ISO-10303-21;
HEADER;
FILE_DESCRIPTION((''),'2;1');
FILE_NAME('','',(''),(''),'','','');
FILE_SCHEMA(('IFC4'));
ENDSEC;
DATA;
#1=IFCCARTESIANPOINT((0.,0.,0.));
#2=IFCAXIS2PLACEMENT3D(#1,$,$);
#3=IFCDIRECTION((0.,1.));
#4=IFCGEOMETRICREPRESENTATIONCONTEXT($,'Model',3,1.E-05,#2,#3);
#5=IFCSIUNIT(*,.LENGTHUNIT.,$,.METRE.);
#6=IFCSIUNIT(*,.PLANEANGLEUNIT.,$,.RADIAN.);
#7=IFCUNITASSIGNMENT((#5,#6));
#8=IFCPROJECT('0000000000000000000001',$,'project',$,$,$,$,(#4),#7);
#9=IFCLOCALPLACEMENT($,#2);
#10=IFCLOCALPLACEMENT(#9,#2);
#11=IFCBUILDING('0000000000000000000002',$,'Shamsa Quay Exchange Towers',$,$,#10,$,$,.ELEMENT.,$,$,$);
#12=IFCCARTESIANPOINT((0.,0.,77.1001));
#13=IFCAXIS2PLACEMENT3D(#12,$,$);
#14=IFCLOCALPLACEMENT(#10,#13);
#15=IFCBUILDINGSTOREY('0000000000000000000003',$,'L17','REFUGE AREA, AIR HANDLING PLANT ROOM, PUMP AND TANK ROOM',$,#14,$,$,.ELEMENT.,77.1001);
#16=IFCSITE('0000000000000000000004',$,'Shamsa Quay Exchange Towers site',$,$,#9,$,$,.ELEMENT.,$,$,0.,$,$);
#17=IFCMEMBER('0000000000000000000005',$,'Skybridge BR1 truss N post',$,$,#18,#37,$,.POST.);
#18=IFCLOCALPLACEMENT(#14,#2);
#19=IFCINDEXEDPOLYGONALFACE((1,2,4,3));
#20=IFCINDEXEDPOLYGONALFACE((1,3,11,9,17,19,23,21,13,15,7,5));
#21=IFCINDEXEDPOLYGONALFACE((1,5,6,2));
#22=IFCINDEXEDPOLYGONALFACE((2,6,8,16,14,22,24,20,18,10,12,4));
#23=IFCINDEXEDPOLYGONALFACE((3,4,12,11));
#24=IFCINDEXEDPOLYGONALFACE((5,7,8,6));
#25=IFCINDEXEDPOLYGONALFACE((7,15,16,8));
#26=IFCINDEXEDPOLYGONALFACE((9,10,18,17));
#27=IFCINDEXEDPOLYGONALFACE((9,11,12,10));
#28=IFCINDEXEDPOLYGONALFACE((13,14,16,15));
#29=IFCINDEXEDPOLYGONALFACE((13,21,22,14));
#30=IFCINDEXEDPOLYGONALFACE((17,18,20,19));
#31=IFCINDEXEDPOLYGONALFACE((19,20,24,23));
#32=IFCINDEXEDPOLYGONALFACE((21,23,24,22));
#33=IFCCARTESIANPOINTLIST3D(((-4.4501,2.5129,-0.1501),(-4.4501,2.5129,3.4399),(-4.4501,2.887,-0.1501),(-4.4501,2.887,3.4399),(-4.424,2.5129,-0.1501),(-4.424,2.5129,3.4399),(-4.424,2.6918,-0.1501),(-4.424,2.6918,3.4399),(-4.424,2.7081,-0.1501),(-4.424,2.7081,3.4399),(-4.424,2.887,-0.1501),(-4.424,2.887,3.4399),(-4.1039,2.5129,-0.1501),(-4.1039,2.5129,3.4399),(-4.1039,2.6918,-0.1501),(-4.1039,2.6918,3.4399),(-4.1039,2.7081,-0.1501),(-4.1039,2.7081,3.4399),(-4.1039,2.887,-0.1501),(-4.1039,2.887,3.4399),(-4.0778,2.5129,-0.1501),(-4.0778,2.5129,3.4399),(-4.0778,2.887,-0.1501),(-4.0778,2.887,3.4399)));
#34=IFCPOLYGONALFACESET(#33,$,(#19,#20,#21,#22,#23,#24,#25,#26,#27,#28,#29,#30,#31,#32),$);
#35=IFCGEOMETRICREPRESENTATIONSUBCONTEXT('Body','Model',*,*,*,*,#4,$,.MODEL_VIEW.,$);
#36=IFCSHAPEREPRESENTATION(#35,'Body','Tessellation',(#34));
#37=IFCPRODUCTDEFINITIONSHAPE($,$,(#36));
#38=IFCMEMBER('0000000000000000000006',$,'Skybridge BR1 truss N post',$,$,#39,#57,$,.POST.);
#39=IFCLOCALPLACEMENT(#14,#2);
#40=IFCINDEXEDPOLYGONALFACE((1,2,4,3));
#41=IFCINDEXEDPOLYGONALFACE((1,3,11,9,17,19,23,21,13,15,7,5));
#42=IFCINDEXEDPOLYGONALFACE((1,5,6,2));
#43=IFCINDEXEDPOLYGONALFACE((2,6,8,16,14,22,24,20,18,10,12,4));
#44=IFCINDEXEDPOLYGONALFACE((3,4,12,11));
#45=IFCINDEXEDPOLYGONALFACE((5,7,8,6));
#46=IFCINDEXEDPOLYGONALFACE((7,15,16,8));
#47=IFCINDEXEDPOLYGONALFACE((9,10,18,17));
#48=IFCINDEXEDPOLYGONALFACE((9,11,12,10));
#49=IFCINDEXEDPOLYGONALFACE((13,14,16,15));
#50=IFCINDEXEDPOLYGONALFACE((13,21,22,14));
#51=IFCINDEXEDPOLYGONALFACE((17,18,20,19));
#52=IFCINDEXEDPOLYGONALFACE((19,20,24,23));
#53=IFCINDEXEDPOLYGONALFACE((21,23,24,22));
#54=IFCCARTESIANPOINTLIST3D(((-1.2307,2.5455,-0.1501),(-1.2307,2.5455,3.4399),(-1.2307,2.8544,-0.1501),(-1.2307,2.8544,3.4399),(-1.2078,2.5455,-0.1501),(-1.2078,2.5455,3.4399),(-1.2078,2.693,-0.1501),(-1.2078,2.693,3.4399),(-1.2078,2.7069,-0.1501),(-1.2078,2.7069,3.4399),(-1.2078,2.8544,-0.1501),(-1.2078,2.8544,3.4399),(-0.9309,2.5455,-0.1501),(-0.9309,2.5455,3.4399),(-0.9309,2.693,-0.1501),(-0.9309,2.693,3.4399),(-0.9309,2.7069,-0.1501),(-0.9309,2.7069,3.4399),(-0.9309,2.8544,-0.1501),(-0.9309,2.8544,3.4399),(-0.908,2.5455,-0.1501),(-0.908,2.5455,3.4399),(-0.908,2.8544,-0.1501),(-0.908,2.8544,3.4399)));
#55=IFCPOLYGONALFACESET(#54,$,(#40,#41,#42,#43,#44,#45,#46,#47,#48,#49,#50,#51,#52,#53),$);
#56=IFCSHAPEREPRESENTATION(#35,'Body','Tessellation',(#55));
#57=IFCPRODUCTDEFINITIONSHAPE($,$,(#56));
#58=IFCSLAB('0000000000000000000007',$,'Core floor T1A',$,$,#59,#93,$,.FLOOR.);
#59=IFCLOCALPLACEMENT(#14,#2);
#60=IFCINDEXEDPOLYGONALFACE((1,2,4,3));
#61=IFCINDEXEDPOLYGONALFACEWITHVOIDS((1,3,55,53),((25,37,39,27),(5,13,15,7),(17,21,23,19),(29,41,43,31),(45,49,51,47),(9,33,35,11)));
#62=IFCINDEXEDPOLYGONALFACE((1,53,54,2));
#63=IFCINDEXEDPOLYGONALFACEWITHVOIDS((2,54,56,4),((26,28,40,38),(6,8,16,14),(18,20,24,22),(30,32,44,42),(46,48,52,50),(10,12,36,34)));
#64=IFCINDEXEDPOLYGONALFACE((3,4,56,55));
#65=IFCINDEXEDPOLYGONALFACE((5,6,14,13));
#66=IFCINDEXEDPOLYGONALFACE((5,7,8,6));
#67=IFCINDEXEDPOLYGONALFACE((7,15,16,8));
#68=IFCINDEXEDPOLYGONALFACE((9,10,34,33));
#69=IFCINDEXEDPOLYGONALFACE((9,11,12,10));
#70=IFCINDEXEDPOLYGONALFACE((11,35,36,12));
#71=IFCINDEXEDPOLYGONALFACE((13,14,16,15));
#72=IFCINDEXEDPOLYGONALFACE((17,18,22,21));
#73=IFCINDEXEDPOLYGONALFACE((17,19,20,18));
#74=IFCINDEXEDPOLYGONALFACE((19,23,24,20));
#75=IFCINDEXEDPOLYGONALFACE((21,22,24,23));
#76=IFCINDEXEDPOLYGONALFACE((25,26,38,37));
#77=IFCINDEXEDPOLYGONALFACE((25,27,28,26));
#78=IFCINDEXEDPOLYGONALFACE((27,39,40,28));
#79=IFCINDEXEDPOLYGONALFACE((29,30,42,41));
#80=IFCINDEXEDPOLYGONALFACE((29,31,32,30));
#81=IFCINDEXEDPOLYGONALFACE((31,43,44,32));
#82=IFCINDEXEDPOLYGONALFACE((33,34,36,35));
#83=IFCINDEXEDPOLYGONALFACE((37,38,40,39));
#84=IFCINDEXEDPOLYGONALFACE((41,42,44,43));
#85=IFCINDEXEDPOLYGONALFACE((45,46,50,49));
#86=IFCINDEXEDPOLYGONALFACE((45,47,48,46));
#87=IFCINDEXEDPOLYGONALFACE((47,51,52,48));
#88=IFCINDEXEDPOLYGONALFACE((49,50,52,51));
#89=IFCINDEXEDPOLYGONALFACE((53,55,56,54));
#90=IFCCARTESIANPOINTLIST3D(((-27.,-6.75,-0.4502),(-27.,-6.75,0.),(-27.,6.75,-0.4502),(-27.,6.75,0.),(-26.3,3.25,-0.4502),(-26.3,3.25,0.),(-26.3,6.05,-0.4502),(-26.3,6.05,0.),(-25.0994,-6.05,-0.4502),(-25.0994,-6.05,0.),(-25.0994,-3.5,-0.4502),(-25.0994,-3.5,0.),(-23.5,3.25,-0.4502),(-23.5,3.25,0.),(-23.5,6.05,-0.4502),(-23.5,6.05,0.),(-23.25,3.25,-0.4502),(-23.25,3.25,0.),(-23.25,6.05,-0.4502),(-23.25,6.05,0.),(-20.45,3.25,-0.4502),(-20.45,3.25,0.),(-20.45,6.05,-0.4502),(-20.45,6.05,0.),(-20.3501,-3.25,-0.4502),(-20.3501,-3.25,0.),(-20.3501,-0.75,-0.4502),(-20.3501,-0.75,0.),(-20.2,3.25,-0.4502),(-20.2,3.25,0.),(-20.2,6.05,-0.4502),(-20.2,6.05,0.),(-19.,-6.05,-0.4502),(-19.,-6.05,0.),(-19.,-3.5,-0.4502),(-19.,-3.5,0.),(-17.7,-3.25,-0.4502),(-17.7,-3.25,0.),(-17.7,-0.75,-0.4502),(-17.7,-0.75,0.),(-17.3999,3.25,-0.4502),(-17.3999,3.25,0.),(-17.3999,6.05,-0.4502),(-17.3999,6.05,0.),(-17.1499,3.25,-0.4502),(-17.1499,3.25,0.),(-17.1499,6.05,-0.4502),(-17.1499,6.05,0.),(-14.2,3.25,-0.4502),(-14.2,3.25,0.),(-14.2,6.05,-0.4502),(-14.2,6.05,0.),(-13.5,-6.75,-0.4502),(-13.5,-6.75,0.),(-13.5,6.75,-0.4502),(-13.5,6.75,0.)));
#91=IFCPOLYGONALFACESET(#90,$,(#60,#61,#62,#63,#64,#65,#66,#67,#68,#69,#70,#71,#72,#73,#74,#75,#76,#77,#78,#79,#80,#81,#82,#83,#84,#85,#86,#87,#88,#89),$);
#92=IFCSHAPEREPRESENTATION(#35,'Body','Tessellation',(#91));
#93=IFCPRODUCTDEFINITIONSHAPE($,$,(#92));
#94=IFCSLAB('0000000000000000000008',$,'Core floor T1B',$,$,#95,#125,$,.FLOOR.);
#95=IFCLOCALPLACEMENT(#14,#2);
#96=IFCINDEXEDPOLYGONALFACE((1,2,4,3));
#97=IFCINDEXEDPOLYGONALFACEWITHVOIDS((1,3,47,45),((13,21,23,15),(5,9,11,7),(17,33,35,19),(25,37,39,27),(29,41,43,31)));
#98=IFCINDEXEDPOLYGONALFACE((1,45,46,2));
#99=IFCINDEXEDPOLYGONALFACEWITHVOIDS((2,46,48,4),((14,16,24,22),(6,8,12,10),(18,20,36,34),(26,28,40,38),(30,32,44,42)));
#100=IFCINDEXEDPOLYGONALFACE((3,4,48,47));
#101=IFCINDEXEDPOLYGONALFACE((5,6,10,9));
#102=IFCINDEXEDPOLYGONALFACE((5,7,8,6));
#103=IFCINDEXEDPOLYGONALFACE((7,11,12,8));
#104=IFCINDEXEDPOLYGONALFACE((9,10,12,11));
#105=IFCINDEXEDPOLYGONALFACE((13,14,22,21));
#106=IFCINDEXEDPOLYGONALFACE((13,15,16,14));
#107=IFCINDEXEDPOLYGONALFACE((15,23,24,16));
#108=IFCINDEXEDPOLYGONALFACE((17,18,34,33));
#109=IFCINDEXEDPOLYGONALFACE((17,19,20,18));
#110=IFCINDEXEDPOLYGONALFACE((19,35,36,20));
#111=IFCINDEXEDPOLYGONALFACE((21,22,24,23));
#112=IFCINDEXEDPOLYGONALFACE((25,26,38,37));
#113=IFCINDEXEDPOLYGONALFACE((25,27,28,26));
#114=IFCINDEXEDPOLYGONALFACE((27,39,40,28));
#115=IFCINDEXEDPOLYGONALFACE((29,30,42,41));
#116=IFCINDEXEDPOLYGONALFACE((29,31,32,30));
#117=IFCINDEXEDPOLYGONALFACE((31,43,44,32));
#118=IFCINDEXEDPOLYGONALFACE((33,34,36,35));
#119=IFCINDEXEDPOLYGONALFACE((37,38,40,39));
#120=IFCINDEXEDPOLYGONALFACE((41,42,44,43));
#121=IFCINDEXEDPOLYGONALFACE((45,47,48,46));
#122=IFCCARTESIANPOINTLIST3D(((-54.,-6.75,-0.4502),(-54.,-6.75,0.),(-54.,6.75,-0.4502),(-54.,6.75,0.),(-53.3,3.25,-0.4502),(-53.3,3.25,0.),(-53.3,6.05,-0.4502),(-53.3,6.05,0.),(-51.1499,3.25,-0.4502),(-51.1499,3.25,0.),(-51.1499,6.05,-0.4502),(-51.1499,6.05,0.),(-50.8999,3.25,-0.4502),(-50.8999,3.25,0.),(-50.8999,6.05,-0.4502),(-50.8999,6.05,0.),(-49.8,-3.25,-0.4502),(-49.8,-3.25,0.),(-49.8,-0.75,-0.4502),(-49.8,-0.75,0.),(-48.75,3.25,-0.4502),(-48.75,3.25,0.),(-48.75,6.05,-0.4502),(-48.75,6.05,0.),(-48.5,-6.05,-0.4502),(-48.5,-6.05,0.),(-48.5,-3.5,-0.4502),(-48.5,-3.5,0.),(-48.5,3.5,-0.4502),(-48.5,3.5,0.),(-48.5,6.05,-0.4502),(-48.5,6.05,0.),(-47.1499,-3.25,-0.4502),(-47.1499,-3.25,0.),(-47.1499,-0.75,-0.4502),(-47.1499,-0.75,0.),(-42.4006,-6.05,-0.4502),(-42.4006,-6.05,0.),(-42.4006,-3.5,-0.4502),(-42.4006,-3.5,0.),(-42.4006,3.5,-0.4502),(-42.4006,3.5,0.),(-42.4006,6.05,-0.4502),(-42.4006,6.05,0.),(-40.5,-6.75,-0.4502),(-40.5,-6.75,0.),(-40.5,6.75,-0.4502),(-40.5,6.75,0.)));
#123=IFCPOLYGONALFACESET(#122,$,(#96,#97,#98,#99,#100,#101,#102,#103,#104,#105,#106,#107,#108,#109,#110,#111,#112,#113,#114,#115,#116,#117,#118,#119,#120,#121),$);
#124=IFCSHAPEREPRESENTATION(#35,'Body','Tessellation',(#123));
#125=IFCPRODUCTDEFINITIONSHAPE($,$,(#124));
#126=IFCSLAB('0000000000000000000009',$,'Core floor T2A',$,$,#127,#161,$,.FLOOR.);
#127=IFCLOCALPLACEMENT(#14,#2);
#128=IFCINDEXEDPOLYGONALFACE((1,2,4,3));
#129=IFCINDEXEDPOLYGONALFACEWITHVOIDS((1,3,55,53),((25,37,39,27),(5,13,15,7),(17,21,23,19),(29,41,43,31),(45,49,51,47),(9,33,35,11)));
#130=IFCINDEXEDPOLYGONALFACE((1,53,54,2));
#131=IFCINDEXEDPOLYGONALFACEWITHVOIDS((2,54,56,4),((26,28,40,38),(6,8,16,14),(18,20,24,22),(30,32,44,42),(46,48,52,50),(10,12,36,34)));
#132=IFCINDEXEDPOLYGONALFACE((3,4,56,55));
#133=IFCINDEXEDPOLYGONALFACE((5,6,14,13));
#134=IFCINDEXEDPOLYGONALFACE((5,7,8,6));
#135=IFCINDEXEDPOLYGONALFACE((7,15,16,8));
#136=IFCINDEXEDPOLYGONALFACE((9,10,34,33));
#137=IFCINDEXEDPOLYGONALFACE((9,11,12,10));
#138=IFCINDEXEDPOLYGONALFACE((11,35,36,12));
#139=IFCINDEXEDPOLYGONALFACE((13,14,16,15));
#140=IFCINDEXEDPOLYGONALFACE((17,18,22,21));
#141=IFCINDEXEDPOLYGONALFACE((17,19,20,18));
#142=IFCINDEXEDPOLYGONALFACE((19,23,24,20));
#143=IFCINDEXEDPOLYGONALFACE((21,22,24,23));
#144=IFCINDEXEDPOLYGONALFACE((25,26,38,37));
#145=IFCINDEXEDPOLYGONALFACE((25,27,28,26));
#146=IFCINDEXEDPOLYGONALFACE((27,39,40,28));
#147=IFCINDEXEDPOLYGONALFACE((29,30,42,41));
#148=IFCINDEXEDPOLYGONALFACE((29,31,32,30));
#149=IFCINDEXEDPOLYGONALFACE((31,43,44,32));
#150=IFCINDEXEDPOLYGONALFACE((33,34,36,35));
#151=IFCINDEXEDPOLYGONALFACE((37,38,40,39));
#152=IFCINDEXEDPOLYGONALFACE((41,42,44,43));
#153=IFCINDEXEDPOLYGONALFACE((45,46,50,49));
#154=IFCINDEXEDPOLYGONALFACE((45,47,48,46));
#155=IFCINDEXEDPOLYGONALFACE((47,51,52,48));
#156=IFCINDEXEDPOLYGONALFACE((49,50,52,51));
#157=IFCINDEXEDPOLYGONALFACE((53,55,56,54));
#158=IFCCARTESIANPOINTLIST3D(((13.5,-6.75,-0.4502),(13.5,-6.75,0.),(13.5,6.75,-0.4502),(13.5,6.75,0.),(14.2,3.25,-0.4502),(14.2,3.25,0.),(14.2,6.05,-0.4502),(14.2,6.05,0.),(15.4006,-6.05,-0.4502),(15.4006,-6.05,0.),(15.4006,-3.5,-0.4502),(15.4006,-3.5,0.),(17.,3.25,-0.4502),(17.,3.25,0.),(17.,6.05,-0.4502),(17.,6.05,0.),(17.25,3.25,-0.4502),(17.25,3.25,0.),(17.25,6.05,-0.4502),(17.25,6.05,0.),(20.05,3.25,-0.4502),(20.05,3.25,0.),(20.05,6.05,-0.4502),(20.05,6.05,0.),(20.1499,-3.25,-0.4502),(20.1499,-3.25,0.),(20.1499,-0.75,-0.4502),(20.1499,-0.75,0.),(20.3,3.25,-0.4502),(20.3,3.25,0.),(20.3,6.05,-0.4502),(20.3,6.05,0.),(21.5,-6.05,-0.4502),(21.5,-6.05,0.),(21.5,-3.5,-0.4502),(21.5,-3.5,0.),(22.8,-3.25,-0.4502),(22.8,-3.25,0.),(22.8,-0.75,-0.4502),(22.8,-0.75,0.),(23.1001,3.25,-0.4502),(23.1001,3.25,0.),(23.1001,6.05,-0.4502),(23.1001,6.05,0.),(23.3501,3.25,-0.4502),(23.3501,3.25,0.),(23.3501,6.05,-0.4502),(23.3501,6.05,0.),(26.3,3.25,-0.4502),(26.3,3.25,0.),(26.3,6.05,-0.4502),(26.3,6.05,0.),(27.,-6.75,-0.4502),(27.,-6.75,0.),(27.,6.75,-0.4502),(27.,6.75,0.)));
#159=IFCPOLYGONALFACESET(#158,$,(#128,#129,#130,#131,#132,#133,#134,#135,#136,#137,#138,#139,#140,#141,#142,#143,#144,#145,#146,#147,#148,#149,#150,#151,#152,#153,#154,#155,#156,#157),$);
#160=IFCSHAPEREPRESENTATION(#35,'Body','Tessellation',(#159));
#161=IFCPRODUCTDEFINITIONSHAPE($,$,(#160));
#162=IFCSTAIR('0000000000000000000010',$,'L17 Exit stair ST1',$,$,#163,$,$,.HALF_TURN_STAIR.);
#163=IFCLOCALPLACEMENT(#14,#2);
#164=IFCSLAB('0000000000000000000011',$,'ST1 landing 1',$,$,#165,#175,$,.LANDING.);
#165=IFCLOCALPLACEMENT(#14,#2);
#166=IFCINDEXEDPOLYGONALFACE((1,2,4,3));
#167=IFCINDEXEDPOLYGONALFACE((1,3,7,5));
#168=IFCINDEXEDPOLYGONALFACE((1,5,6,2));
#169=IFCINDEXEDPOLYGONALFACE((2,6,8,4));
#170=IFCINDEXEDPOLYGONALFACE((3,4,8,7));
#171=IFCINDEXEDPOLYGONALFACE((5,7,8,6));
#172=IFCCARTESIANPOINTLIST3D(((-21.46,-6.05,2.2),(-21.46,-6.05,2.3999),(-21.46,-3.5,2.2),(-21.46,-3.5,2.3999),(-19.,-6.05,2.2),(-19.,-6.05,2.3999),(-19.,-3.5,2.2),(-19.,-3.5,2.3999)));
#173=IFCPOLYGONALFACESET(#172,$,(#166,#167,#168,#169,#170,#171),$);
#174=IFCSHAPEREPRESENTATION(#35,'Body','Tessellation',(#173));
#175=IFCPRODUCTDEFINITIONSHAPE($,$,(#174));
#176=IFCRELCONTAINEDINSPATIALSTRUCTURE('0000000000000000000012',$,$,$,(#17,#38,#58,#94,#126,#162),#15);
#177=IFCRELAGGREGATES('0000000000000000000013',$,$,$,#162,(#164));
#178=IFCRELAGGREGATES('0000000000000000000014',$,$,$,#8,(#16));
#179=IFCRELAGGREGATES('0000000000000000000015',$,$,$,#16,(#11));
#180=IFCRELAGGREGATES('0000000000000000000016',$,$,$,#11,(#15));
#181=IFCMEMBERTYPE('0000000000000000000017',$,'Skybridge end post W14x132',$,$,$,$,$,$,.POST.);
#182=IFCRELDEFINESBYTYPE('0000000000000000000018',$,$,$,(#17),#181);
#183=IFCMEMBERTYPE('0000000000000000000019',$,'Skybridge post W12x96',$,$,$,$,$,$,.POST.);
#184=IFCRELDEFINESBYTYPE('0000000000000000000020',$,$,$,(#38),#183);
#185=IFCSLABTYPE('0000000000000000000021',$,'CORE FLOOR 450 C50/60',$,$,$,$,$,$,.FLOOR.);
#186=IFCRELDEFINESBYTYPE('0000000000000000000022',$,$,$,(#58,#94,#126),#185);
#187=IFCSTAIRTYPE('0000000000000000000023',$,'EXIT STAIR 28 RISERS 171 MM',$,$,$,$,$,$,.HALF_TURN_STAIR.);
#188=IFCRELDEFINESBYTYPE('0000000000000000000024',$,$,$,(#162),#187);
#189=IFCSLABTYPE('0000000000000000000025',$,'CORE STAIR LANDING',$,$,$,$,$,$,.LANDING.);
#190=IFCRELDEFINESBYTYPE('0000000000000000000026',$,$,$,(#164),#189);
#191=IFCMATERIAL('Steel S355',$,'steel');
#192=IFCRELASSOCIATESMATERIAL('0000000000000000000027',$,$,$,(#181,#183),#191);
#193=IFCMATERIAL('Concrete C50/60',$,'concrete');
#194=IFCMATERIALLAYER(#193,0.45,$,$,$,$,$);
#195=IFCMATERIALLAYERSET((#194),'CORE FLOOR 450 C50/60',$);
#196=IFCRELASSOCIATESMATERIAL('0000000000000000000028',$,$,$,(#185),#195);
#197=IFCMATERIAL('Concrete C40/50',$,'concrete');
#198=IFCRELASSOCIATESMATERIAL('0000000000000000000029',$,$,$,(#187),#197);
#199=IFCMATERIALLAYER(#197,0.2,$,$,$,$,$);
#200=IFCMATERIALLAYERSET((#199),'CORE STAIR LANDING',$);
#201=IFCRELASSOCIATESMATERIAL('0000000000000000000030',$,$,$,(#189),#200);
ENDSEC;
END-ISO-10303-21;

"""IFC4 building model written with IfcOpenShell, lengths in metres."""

from ifc_helpers import new_model, si_unit, direction, frame, origin, origin_2d, place, context, subcontext, project, spatial, polyline, i_section, outline, extrude, material, layer, layer_set, material_profile, profile_set, type_object, element, aggregate, save


model = new_model("IFC4")

# Units and contexts
model_context = context("Model", 3, precision=1e-05, world=origin(), true_north=direction((0.0, 1.0)))
body_context = subcontext(model_context, "Body", "Model", "MODEL_VIEW")
ifc_project = project(units=[si_unit("LENGTHUNIT", "METRE"), si_unit("PLANEANGLEUNIT", "RADIAN")], contexts=[model_context])

# Site, building, storey
site_placement = place(None, origin())
site = spatial("IfcSite", under=ifc_project, at=site_placement, Name="Shamsa Quay Exchange Towers site", CompositionType="ELEMENT", RefElevation=0.0)
building_placement = place(site_placement, origin())
building = spatial("IfcBuilding", under=site, at=building_placement, Name="Shamsa Quay Exchange Towers", CompositionType="ELEMENT")
storey_placement = place(building_placement, frame((0.0, 0.0, 77.1001)))
storey = spatial("IfcBuildingStorey", under=building, at=storey_placement, Name="L17", Description="REFUGE AREA, AIR HANDLING PLANT ROOM, PUMP AND TANK ROOM", CompositionType="ELEMENT", Elevation=77.1001)

# Members
ifc_material_1 = material(Name="Steel S355", Category="steel")
ifc_material_profile_1 = material_profile(ifc_material_1, i_section(OverallWidth=0.374, OverallDepth=0.3723, WebThickness=0.0164, FlangeThickness=0.0261, at=origin_2d()), Name="W14x132")
ifc_profile_set_1 = profile_set([ifc_material_profile_1], Name="Steel S355")
member_type_1 = type_object("IfcMemberType", Name="Skybridge end post W14x132", PredefinedType="POST", material=ifc_profile_set_1)
member_1_placement = place(storey_placement, frame((-4.2639, 2.7, -0.1501), z_axis=(0.0, 0.0, 1.0), x_axis=(0.0, 1.0, 0.0)))
element("IfcMember", 1, at=member_1_placement, inside=storey, type_object=member_type_1, Name="Skybridge BR1 truss N post", PredefinedType="POST", context=body_context, shape_type="SweptSolid", body=[
    extrude(i_section(OverallWidth=0.374, OverallDepth=0.3723, WebThickness=0.0164, FlangeThickness=0.0261, at=origin_2d()), origin(), (0.0, 0.0, 1.0), 3.5901),
])
ifc_material_profile_2 = material_profile(ifc_material_1, i_section(OverallWidth=0.3088, OverallDepth=0.3228, WebThickness=0.0139, FlangeThickness=0.0229, at=origin_2d()), Name="W12x96")
ifc_profile_set_2 = profile_set([ifc_material_profile_2], Name="Steel S355")
member_type_2 = type_object("IfcMemberType", Name="Skybridge post W12x96", PredefinedType="POST", material=ifc_profile_set_2)
member_2_placement = place(storey_placement, frame((-1.0693, 2.7, -0.1501), z_axis=(0.0, 0.0, 1.0), x_axis=(0.0, 1.0, 0.0)))
element("IfcMember", 2, at=member_2_placement, inside=storey, type_object=member_type_2, Name="Skybridge BR1 truss N post", PredefinedType="POST", context=body_context, shape_type="SweptSolid", body=[
    extrude(i_section(OverallWidth=0.3088, OverallDepth=0.3228, WebThickness=0.0139, FlangeThickness=0.0229, at=origin_2d()), origin(), (0.0, 0.0, 1.0), 3.5901),
])

# Slabs
ifc_material_2 = material(Name="Concrete C50/60", Category="concrete")
ifc_layer_1 = layer(ifc_material_2, 0.45)
ifc_layer_set_1 = layer_set([ifc_layer_1], Name="CORE FLOOR 450 C50/60")
slab_type_1 = type_object("IfcSlabType", Name="CORE FLOOR 450 C50/60", PredefinedType="FLOOR", material=ifc_layer_set_1)
slab_1_placement = place(storey_placement, frame((0.0, 0.0, -0.4502)))
element("IfcSlab", 3, at=slab_1_placement, inside=storey, type_object=slab_type_1, Name="Core floor T1A", PredefinedType="FLOOR", context=body_context, shape_type="SweptSolid", body=[
    extrude(outline(polyline([(-27.0, -6.75), (-13.5, -6.75), (-13.5, 6.75), (-27.0, 6.75), (-27.0, -6.75)]), holes=[polyline([(-25.0994, -6.05), (-25.0994, -3.5), (-19.0, -3.5), (-19.0, -6.05), (-25.0994, -6.05)]), polyline([(-26.3, 3.25), (-26.3, 6.05), (-23.5, 6.05), (-23.5, 3.25), (-26.3, 3.25)]), polyline([(-23.25, 3.25), (-23.25, 6.05), (-20.45, 6.05), (-20.45, 3.25), (-23.25, 3.25)]), polyline([(-20.2, 3.25), (-20.2, 6.05), (-17.3999, 6.05), (-17.3999, 3.25), (-20.2, 3.25)]), polyline([(-17.1499, 3.25), (-17.1499, 6.05), (-14.2, 6.05), (-14.2, 3.25), (-17.1499, 3.25)]), polyline([(-20.3501, -3.25), (-20.3501, -0.75), (-17.7, -0.75), (-17.7, -3.25), (-20.3501, -3.25)])]), origin(), (0.0, 0.0, 1.0), 0.4502),
])
slab_2_placement = place(storey_placement, frame((0.0, 0.0, -0.4502)))
element("IfcSlab", 4, at=slab_2_placement, inside=storey, type_object=slab_type_1, Name="Core floor T1B", PredefinedType="FLOOR", context=body_context, shape_type="SweptSolid", body=[
    extrude(outline(polyline([(-40.5, -6.75), (-40.5, 6.75), (-54.0, 6.75), (-54.0, -6.75), (-40.5, -6.75)]), holes=[polyline([(-42.4006, -3.5), (-42.4006, -6.05), (-48.5, -6.05), (-48.5, -3.5), (-42.4006, -3.5)]), polyline([(-42.4006, 6.05), (-42.4006, 3.5), (-48.5, 3.5), (-48.5, 6.05), (-42.4006, 6.05)]), polyline([(-48.75, 3.25), (-50.8999, 3.25), (-50.8999, 6.05), (-48.75, 6.05), (-48.75, 3.25)]), polyline([(-51.1499, 3.25), (-53.3, 3.25), (-53.3, 6.05), (-51.1499, 6.05), (-51.1499, 3.25)]), polyline([(-47.1499, -3.25), (-49.8, -3.25), (-49.8, -0.75), (-47.1499, -0.75), (-47.1499, -3.25)])]), origin(), (0.0, 0.0, 1.0), 0.4502),
])
slab_3_placement = place(storey_placement, frame((0.0, 0.0, -0.4502)))
element("IfcSlab", 5, at=slab_3_placement, inside=storey, type_object=slab_type_1, Name="Core floor T2A", PredefinedType="FLOOR", context=body_context, shape_type="SweptSolid", body=[
    extrude(outline(polyline([(13.5, -6.75), (27.0, -6.75), (27.0, 6.75), (13.5, 6.75), (13.5, -6.75)]), holes=[polyline([(15.4006, -6.05), (15.4006, -3.5), (21.5, -3.5), (21.5, -6.05), (15.4006, -6.05)]), polyline([(14.2, 3.25), (14.2, 6.05), (17.0, 6.05), (17.0, 3.25), (14.2, 3.25)]), polyline([(17.25, 3.25), (17.25, 6.05), (20.05, 6.05), (20.05, 3.25), (17.25, 3.25)]), polyline([(20.3, 3.25), (20.3, 6.05), (23.1001, 6.05), (23.1001, 3.25), (20.3, 3.25)]), polyline([(23.3501, 3.25), (23.3501, 6.05), (26.3, 6.05), (26.3, 3.25), (23.3501, 3.25)]), polyline([(20.1499, -3.25), (20.1499, -0.75), (22.8, -0.75), (22.8, -3.25), (20.1499, -3.25)])]), origin(), (0.0, 0.0, 1.0), 0.4502),
])

# Stair, slab
ifc_material_3 = material(Name="Concrete C40/50", Category="concrete")
stair_type = type_object("IfcStairType", Name="EXIT STAIR 28 RISERS 171 MM", PredefinedType="HALF_TURN_STAIR", material=ifc_material_3)
stair_1_placement = place(storey_placement, origin())
stair_1 = element("IfcStair", 6, at=stair_1_placement, inside=storey, type_object=stair_type, Name="L17 Exit stair ST1", PredefinedType="HALF_TURN_STAIR")
ifc_layer_2 = layer(ifc_material_3, 0.2)
ifc_layer_set_2 = layer_set([ifc_layer_2], Name="CORE STAIR LANDING")
slab_type_2 = type_object("IfcSlabType", Name="CORE STAIR LANDING", PredefinedType="LANDING", material=ifc_layer_set_2)
slab_4_placement = place(storey_placement, frame((0.0, 0.0, 2.2)))
slab_4 = element("IfcSlab", 7, at=slab_4_placement, type_object=slab_type_2, Name="ST1 landing 1", PredefinedType="LANDING", context=body_context, shape_type="SweptSolid", body=[
    extrude(outline(polyline([(-21.46, -6.05), (-19.0, -6.05), (-19.0, -3.5), (-21.46, -3.5), (-21.46, -6.05)])), origin(), (0.0, 0.0, 1.0), 0.2),
])
aggregate(stair_1, [slab_4])

save(model, "model.ifc")
